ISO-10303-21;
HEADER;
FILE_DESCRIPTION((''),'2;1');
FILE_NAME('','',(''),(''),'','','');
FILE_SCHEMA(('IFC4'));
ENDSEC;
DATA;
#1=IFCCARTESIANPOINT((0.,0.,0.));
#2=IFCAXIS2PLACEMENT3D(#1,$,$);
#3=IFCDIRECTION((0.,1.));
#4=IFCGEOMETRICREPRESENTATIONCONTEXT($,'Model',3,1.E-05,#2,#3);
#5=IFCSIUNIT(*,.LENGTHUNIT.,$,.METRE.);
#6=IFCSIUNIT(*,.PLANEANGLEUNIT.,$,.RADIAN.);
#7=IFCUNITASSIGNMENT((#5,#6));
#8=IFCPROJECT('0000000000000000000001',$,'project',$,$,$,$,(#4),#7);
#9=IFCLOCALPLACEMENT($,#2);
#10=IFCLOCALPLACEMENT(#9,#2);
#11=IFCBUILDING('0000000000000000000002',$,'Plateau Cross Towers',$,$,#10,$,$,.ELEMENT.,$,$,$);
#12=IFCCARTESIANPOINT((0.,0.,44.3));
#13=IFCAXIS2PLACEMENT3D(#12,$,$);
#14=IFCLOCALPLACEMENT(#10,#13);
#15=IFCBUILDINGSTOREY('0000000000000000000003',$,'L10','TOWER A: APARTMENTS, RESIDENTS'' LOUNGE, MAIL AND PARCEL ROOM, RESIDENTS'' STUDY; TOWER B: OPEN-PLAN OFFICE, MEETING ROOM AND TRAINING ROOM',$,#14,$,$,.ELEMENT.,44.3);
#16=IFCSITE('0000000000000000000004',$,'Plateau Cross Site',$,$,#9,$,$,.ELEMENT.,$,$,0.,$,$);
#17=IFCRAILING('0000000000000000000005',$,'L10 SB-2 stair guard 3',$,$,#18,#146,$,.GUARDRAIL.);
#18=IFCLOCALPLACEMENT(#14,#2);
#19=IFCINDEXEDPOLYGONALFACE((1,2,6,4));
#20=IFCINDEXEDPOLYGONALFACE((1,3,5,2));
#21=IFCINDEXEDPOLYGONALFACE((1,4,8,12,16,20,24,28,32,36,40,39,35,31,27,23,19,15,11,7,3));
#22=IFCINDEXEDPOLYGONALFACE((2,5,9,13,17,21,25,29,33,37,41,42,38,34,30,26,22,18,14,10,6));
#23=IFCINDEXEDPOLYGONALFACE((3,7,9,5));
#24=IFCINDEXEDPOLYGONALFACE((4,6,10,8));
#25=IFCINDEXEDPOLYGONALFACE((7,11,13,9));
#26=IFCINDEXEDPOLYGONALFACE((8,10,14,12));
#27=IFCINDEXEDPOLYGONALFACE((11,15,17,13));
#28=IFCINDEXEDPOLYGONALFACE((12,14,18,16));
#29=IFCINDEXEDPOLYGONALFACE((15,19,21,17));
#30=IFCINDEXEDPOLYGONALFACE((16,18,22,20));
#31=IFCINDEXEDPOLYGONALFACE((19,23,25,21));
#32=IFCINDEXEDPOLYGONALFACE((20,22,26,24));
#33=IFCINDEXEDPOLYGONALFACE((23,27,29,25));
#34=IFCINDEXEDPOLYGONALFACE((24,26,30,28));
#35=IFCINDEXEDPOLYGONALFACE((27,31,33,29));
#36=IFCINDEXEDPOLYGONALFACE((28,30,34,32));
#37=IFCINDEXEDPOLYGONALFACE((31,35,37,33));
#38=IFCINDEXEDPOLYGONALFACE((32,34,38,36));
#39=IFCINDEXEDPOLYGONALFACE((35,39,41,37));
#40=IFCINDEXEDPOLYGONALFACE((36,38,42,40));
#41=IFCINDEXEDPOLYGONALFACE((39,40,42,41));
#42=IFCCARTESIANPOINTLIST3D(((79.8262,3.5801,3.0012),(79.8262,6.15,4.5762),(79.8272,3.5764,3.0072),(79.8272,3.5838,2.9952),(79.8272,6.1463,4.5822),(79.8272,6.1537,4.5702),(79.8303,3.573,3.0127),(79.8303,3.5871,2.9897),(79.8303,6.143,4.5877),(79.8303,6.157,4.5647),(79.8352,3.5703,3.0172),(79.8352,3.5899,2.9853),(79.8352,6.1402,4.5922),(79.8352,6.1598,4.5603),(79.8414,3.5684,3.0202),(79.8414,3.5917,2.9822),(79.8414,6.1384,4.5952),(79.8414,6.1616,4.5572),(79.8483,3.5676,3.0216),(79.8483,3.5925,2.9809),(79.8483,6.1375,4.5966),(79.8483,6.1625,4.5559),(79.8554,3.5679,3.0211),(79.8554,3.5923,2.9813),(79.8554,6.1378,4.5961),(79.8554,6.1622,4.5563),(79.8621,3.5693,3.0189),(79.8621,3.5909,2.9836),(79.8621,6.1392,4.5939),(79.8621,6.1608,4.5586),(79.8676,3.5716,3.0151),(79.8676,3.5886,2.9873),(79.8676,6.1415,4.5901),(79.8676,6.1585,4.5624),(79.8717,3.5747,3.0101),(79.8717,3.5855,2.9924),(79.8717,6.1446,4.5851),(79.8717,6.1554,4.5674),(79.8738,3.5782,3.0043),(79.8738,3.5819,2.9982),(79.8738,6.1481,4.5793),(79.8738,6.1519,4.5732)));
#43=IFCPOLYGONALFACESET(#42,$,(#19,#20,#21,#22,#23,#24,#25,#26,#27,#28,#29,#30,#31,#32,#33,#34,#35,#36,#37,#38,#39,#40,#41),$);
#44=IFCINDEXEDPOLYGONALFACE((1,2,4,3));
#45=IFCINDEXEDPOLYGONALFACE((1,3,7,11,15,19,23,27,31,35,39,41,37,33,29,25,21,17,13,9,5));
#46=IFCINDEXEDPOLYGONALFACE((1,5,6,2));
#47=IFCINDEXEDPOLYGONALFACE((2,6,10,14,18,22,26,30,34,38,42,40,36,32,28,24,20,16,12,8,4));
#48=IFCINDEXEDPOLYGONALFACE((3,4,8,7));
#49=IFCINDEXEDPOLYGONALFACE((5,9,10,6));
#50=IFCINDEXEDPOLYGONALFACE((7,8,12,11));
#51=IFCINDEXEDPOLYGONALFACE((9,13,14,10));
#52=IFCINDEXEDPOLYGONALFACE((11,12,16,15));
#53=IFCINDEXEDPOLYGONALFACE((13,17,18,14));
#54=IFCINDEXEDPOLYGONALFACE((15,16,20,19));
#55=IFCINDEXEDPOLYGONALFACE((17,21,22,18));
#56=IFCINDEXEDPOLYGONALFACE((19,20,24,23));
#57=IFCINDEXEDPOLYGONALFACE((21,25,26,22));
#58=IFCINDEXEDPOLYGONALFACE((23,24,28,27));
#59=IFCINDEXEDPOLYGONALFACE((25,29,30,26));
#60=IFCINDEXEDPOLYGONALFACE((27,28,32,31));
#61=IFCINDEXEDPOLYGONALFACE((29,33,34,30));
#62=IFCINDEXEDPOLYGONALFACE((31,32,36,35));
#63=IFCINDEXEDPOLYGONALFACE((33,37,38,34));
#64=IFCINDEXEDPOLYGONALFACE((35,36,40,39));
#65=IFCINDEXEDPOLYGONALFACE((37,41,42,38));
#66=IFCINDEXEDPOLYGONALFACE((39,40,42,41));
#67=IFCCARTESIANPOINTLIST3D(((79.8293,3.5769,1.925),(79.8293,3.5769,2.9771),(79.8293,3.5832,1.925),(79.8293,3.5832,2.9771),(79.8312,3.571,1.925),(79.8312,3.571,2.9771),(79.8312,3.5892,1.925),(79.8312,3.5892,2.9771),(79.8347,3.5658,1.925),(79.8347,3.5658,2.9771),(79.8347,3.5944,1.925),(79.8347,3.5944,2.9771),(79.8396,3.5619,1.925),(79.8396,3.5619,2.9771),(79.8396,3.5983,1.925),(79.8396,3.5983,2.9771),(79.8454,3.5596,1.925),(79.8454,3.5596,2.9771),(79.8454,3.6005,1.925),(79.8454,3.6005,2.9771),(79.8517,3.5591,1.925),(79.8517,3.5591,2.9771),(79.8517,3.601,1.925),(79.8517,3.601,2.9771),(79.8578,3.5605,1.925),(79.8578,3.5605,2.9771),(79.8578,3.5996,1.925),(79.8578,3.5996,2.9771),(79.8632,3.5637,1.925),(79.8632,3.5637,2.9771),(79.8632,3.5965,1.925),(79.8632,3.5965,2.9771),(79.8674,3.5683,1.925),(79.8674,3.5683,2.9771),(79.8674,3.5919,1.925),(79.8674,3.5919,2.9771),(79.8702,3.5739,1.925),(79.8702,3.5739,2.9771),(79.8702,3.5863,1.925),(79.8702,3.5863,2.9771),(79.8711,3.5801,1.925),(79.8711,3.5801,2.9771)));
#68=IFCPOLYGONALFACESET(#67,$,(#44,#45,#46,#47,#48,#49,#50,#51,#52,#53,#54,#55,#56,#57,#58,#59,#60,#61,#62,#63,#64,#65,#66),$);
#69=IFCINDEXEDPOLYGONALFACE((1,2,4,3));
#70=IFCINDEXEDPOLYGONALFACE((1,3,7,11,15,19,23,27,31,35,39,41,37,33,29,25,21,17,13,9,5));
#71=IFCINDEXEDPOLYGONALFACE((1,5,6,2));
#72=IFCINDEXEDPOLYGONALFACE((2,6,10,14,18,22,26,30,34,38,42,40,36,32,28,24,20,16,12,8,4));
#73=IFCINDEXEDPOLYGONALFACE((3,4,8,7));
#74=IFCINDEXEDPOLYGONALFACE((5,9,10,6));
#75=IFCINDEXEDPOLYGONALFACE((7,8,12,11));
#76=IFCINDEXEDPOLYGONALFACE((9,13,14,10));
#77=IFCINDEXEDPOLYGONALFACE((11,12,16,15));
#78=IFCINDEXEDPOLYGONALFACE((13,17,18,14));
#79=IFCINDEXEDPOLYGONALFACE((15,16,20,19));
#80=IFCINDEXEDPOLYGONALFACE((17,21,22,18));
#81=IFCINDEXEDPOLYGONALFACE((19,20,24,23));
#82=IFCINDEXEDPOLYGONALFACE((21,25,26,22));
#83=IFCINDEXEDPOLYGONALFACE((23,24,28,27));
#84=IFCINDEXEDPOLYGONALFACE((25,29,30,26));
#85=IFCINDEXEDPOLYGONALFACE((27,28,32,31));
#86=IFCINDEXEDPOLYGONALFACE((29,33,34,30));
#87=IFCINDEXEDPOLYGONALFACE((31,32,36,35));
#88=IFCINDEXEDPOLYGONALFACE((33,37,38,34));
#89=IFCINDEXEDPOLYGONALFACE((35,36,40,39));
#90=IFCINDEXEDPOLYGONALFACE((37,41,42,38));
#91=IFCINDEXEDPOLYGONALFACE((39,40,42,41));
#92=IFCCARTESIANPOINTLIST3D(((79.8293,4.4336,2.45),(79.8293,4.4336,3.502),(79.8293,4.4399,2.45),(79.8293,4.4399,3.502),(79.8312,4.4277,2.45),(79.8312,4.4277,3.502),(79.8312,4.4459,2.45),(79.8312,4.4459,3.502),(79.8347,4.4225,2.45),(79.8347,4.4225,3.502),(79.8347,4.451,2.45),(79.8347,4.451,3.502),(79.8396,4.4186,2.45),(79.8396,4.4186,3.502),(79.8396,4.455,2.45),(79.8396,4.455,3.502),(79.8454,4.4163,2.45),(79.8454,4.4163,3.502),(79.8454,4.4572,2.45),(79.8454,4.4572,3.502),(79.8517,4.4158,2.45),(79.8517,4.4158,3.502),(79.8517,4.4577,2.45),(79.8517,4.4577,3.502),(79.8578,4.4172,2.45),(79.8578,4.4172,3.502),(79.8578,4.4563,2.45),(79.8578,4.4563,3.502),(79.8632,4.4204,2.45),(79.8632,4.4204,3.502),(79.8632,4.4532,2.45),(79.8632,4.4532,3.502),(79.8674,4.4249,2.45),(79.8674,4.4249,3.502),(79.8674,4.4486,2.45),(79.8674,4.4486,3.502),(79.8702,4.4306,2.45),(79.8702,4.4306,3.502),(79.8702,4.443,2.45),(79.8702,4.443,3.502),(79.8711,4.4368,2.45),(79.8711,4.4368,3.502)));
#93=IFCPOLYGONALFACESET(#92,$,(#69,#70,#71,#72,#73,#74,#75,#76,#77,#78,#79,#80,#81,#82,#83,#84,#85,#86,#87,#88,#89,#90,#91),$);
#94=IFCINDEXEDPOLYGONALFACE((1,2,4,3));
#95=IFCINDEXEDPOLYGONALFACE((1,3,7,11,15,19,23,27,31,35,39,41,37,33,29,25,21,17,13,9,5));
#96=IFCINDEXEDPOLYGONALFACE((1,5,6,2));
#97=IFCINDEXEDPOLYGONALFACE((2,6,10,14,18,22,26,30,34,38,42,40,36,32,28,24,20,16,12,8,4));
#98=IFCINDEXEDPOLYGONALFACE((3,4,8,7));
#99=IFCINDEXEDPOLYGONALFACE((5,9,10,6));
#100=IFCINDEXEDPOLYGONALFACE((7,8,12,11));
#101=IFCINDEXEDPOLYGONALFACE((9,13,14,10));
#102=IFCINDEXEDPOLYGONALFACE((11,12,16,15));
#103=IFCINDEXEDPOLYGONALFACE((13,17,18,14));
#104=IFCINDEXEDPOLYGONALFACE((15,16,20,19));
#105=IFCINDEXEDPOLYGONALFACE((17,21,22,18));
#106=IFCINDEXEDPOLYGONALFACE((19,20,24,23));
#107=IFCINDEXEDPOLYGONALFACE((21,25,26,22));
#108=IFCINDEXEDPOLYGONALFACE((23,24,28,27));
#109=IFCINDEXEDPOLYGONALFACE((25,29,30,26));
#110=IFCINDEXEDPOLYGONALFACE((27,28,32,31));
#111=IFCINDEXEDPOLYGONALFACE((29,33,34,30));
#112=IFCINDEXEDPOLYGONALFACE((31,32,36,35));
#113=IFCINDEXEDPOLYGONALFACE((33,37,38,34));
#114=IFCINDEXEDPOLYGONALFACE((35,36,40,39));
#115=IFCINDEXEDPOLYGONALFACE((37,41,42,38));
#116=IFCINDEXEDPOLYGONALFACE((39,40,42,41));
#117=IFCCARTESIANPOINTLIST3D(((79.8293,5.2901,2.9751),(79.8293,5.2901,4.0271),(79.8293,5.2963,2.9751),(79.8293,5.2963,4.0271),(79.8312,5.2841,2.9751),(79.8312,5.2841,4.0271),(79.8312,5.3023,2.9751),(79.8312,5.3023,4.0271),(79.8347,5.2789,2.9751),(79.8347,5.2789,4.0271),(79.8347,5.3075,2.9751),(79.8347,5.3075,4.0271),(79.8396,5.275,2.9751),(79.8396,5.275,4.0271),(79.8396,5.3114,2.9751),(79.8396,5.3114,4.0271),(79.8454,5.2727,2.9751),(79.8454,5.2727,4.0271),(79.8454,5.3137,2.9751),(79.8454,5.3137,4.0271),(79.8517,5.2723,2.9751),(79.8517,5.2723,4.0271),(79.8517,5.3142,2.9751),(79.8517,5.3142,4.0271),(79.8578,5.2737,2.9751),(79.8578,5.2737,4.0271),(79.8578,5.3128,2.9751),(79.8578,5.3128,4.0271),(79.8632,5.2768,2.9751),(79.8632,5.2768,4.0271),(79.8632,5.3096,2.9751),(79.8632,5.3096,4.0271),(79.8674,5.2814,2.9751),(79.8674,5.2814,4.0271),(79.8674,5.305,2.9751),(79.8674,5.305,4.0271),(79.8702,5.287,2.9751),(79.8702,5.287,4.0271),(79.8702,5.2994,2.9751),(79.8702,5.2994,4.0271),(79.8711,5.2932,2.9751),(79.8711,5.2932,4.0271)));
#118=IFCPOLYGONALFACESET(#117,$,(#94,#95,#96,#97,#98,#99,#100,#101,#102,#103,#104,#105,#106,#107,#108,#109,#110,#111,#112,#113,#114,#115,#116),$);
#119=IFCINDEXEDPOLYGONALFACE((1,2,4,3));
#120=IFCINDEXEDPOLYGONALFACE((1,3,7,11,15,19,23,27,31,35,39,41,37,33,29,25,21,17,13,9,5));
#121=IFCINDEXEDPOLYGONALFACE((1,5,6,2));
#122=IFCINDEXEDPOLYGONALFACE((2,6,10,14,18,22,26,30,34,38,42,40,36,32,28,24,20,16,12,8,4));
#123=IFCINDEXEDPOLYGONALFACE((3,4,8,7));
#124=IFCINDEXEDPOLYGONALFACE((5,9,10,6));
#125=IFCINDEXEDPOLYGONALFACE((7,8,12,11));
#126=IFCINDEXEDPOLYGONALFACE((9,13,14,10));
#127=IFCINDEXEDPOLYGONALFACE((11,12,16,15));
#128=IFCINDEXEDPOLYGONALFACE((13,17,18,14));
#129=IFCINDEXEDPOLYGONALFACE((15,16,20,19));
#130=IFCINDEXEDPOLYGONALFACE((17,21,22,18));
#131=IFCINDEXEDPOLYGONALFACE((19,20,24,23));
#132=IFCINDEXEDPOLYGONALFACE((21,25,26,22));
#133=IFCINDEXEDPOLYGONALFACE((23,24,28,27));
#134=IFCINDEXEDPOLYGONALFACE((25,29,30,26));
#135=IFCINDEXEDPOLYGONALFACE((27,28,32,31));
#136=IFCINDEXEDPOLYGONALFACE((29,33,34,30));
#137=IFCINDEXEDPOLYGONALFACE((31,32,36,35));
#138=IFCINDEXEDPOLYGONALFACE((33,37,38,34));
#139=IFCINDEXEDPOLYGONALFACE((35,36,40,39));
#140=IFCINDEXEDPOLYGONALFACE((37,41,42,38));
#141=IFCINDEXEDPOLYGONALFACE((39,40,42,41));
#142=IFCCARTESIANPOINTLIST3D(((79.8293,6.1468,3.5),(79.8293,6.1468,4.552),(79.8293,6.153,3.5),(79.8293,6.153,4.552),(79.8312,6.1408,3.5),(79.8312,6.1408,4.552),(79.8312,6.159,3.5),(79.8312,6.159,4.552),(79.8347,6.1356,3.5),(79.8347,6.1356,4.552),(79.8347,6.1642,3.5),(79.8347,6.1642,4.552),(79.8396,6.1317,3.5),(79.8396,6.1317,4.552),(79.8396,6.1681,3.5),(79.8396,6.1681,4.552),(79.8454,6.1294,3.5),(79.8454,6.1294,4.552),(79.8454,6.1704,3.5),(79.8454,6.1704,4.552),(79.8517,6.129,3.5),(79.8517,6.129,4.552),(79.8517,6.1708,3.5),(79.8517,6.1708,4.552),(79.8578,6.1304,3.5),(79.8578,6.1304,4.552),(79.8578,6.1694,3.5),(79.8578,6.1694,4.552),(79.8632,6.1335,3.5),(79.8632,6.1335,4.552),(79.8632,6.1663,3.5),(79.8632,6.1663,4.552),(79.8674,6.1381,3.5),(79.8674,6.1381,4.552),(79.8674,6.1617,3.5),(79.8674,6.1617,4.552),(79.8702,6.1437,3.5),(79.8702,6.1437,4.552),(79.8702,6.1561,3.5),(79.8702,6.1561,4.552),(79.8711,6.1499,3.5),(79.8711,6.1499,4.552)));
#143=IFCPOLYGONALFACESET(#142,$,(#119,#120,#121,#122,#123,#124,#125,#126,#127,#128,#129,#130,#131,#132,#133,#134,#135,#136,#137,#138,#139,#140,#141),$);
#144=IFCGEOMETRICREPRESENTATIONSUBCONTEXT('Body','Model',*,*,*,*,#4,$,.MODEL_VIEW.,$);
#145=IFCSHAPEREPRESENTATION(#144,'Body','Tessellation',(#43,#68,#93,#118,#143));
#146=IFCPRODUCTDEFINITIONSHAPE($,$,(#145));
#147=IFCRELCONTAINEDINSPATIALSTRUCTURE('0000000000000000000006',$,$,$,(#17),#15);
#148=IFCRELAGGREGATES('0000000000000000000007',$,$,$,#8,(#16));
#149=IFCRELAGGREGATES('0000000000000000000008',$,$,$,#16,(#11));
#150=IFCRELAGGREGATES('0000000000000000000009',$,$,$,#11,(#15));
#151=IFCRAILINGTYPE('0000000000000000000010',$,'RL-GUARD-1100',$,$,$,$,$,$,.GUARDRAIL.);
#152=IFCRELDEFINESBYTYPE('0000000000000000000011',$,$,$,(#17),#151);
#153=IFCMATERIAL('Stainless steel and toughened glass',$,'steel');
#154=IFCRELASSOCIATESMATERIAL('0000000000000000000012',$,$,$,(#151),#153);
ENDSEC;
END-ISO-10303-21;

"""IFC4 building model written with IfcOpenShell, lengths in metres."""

from ifc_helpers import new_model, si_unit, direction, frame, origin, origin_2d, place, context, subcontext, project, spatial, circle, extrude, material, type_object, element, save


model = new_model("IFC4")

# Units and contexts
model_context = context("Model", 3, precision=1e-05, world=origin(), true_north=direction((0.0, 1.0)))
body_context = subcontext(model_context, "Body", "Model", "MODEL_VIEW")
ifc_project = project(units=[si_unit("LENGTHUNIT", "METRE"), si_unit("PLANEANGLEUNIT", "RADIAN")], contexts=[model_context])

# Site, building, storey
site_placement = place(None, origin())
site = spatial("IfcSite", under=ifc_project, at=site_placement, Name="Plateau Cross Site", CompositionType="ELEMENT", RefElevation=0.0)
building_placement = place(site_placement, origin())
building = spatial("IfcBuilding", under=site, at=building_placement, Name="Plateau Cross Towers", CompositionType="ELEMENT")
storey_placement = place(building_placement, frame((0.0, 0.0, 44.3)))
storey = spatial("IfcBuildingStorey", under=building, at=storey_placement, Name="L10", Description="TOWER A: APARTMENTS, RESIDENTS' LOUNGE, MAIL AND PARCEL ROOM, RESIDENTS' STUDY; TOWER B: OPEN-PLAN OFFICE, MEETING ROOM AND TRAINING ROOM", CompositionType="ELEMENT", Elevation=44.3)

# Railing
ifc_material_1 = material(Name="Stainless steel and toughened glass", Category="steel")
railing_type_1 = type_object("IfcRailingType", Name="RL-GUARD-1100", PredefinedType="GUARDRAIL", material=ifc_material_1)
railing_1_placement = place(storey_placement, frame((79.8501, 3.5801, 1.925)))
element("IfcRailing", 1, at=railing_1_placement, inside=storey, type_object=railing_type_1, Name="L10 SB-2 stair guard 3", PredefinedType="GUARDRAIL", context=body_context, shape_type="SweptSolid", body=[
    extrude(circle(Radius=0.0239, at=origin_2d()), frame((0.0, 0.0, 1.0762), z_axis=(0.0, 0.852616, 0.522537), x_axis=(-1.0, 0.0, 0.0)), (0.0, 0.0, 1.0), 3.0142),
    extrude(circle(Radius=0.021, at=origin_2d()), origin(), (0.0, 0.0, 1.0), 1.052),
    extrude(circle(Radius=0.021, at=origin_2d()), frame((0.0, 0.8567, 0.5249)), (0.0, 0.0, 1.0), 1.052),
    extrude(circle(Radius=0.021, at=origin_2d()), frame((0.0, 1.7131, 1.05)), (0.0, 0.0, 1.0), 1.052),
    extrude(circle(Radius=0.021, at=origin_2d()), frame((0.0, 2.5698, 1.575)), (0.0, 0.0, 1.0), 1.052),
])

save(model, "model.ifc")
